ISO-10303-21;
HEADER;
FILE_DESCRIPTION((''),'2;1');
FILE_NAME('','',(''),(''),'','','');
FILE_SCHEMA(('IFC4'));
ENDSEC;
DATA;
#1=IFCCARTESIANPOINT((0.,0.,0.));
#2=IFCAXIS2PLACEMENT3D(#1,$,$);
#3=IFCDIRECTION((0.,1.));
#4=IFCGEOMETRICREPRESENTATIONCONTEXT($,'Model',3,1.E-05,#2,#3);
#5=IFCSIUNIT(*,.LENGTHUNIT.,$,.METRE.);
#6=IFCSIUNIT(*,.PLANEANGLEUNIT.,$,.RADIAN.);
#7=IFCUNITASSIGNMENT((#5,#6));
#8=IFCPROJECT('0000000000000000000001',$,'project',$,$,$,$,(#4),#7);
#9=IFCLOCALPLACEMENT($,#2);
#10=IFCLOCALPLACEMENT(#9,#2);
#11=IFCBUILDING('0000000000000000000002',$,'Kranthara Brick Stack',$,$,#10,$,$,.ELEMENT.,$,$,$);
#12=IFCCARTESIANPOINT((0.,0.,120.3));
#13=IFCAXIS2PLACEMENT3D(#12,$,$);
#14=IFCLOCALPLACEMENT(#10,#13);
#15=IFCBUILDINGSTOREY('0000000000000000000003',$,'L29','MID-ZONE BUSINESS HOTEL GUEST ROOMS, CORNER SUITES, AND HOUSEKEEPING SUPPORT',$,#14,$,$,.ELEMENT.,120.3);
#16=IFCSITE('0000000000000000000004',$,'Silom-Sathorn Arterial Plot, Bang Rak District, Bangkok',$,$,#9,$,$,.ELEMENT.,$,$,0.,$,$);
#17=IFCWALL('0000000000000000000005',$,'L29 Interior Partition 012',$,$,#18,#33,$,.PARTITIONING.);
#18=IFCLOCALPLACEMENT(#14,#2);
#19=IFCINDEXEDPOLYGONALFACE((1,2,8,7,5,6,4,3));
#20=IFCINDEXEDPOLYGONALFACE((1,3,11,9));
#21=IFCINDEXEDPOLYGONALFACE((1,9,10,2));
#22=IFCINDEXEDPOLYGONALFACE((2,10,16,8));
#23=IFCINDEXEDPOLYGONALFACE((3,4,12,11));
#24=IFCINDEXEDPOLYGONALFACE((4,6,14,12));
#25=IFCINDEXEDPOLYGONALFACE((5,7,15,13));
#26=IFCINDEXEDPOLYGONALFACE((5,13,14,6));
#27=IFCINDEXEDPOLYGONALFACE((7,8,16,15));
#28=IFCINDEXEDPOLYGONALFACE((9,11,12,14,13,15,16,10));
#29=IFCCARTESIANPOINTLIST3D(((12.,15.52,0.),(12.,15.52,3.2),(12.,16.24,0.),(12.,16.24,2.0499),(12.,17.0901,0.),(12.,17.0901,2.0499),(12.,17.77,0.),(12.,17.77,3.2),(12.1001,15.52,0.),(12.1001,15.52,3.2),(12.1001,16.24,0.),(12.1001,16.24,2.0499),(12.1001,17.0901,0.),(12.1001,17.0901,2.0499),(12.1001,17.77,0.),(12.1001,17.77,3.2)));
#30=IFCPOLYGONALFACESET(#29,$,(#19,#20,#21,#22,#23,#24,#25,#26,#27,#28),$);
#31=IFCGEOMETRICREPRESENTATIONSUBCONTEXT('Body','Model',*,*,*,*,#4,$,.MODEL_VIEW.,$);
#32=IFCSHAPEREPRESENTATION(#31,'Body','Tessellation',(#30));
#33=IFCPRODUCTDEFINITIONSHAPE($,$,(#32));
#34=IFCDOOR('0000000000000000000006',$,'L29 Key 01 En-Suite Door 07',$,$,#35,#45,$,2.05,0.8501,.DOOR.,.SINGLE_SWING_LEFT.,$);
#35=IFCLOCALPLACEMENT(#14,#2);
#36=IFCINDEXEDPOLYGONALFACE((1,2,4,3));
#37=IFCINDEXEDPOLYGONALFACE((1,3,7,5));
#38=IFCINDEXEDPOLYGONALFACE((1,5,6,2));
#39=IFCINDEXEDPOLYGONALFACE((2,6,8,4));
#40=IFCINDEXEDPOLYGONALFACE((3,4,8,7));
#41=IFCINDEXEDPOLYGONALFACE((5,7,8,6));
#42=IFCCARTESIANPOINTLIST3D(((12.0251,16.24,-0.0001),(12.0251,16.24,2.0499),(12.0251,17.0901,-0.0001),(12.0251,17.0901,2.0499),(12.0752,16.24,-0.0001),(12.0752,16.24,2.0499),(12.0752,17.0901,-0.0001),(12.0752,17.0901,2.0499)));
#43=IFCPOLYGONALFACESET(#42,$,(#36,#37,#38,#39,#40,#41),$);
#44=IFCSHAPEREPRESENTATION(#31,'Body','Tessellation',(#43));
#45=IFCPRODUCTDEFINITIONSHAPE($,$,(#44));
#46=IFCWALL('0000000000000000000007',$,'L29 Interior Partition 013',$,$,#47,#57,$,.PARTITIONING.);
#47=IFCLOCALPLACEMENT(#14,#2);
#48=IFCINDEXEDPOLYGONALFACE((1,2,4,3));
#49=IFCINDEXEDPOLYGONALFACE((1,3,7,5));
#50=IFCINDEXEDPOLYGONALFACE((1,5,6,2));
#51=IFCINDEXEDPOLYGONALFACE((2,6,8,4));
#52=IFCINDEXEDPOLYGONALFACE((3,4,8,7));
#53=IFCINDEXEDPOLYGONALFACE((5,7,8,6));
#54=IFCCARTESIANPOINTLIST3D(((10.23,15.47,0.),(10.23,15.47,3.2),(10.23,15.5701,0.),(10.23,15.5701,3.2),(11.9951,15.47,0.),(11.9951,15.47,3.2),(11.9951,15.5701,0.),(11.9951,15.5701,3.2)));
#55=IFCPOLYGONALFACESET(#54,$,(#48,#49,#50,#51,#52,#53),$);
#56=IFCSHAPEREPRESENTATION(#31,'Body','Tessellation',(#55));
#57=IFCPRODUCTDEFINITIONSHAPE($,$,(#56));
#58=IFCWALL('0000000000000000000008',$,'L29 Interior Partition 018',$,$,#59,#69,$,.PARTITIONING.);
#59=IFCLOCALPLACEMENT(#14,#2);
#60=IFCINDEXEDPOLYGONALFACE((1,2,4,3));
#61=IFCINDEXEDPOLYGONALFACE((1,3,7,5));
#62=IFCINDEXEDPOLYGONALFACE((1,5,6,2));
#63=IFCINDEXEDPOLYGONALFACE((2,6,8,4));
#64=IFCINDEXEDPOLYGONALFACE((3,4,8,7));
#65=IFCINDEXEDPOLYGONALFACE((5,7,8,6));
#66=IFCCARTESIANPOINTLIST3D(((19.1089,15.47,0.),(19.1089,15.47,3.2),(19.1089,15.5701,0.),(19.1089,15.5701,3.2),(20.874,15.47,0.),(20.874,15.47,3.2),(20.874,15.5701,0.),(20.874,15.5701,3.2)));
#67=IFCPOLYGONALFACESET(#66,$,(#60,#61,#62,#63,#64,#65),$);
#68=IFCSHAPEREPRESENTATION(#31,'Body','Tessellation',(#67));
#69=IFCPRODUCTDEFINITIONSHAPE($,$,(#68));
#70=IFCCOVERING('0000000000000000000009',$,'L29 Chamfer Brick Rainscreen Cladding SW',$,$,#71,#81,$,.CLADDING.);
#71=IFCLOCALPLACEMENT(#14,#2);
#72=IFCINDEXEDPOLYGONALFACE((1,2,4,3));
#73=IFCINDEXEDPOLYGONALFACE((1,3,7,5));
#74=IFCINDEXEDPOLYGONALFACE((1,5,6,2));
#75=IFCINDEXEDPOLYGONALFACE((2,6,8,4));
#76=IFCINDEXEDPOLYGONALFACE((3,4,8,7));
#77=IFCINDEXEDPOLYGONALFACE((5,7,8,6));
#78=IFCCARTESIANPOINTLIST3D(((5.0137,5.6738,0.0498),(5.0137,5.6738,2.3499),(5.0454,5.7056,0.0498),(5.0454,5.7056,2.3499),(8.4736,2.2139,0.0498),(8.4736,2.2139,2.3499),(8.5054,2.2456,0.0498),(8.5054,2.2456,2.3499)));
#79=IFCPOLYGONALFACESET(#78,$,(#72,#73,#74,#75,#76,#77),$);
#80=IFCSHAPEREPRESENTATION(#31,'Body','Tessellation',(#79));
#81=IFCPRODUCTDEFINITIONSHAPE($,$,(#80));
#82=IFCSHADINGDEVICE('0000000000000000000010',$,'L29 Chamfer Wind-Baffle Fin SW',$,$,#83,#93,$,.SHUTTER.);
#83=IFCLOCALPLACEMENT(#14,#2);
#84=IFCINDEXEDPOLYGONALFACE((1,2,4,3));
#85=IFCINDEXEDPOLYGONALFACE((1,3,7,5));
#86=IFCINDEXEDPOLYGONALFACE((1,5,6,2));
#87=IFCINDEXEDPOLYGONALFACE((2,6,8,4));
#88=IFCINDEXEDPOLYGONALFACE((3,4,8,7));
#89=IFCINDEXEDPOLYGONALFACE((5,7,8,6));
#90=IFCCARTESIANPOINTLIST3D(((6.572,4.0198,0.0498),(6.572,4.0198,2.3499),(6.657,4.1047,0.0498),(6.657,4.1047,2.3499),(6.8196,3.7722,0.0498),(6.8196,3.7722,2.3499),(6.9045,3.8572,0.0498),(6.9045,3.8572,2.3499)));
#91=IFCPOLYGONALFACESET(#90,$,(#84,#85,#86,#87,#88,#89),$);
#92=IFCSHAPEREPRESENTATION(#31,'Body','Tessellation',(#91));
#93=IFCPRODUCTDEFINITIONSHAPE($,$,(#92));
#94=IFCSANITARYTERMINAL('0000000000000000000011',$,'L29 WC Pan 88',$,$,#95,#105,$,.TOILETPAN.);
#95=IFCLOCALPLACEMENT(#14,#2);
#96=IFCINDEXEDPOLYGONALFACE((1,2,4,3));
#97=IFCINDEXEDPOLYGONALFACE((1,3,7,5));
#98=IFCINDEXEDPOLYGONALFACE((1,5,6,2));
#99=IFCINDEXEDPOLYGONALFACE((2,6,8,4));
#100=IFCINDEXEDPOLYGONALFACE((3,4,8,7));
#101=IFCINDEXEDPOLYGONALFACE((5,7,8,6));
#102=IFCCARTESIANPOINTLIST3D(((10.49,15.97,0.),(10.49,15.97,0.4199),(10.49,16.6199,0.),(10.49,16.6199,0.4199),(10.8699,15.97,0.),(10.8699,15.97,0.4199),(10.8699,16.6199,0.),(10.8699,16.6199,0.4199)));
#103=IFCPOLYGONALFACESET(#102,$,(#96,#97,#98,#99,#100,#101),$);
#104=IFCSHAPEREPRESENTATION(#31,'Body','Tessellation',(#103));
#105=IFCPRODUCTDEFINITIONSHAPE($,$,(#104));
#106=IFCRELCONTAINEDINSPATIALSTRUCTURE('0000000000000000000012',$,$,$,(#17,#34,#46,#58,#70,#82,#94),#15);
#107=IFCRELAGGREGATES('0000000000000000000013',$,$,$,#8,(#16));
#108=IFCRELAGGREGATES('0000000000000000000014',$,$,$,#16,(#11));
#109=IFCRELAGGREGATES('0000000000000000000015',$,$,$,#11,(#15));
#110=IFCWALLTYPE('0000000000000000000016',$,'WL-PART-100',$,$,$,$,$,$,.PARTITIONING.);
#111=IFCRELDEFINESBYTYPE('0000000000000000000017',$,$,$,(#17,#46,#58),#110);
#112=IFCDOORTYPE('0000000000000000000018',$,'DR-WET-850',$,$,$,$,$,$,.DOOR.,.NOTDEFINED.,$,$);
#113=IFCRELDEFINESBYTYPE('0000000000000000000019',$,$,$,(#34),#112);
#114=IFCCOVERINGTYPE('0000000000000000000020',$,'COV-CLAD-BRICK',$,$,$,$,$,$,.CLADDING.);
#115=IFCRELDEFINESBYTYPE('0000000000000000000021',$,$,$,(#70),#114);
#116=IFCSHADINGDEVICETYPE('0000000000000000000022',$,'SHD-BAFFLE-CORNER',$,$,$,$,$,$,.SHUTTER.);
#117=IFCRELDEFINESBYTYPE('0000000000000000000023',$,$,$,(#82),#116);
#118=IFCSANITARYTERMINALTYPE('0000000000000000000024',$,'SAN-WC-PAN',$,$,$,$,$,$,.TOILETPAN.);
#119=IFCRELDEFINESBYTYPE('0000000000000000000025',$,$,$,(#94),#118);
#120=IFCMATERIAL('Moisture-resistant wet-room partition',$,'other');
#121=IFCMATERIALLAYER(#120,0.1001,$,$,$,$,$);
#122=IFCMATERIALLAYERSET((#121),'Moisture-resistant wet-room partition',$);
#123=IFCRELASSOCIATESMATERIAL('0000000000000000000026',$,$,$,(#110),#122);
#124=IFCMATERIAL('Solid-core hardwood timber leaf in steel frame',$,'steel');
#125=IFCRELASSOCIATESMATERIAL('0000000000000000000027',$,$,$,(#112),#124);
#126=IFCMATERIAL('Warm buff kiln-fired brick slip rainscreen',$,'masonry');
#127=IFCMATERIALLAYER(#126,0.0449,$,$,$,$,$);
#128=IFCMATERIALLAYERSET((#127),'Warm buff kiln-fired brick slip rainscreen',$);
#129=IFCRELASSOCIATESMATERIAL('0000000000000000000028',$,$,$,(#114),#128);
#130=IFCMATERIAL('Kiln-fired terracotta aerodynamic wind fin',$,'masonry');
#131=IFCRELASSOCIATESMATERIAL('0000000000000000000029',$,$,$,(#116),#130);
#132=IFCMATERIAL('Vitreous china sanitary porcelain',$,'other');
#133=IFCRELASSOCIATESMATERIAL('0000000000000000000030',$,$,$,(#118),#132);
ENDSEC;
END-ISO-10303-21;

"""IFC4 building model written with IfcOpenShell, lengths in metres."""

from ifc_helpers import new_model, si_unit, direction, frame, frame_2d, origin, origin_2d, place, context, subcontext, project, spatial, rectangle, extrude, material, layer, layer_set, type_object, element, fill, save


model = new_model("IFC4")

# Units and contexts
model_context = context("Model", 3, precision=1e-05, world=origin(), true_north=direction((0.0, 1.0)))
body_context = subcontext(model_context, "Body", "Model", "MODEL_VIEW")
ifc_project = project(units=[si_unit("LENGTHUNIT", "METRE"), si_unit("PLANEANGLEUNIT", "RADIAN")], contexts=[model_context])

# Site, building, storey
site_placement = place(None, origin())
site = spatial("IfcSite", under=ifc_project, at=site_placement, Name="Silom-Sathorn Arterial Plot, Bang Rak District, Bangkok", CompositionType="ELEMENT", RefElevation=0.0)
building_placement = place(site_placement, origin())
building = spatial("IfcBuilding", under=site, at=building_placement, Name="Kranthara Brick Stack", CompositionType="ELEMENT")
storey_placement = place(building_placement, frame((0.0, 0.0, 120.3)))
storey = spatial("IfcBuildingStorey", under=building, at=storey_placement, Name="L29", Description="MID-ZONE BUSINESS HOTEL GUEST ROOMS, CORNER SUITES, AND HOUSEKEEPING SUPPORT", CompositionType="ELEMENT", Elevation=120.3)

# Wall, opening, door
ifc_material_1 = material(Name="Moisture-resistant wet-room partition", Category="other")
ifc_layer_1 = layer(ifc_material_1, 0.1001)
ifc_layer_set_1 = layer_set([ifc_layer_1], Name="Moisture-resistant wet-room partition")
wall_type_1 = type_object("IfcWallType", Name="WL-PART-100", PredefinedType="PARTITIONING", material=ifc_layer_set_1)
wall_1_placement = place(storey_placement, frame((12.05, 15.52, 0.0), z_axis=(0.0, 0.0, 1.0), x_axis=(0.0, 1.0, 0.0)))
wall_1 = element("IfcWall", 1, at=wall_1_placement, inside=storey, type_object=wall_type_1, Name="L29 Interior Partition 012", PredefinedType="PARTITIONING", context=body_context, shape_type="SweptSolid", body=[
    extrude(rectangle(XDim=2.25, YDim=0.1001, at=frame_2d((1.125, 0.0))), origin(), (0.0, 0.0, 1.0), 3.2),
])
opening_1_placement = place(wall_1_placement, frame((0.72, 0.0, 0.0)))
opening_1 = element("IfcOpeningElement", 2, at=opening_1_placement, cuts=wall_1, PredefinedType="OPENING", context=body_context, shape_type="SweptSolid", body=[
    extrude(rectangle(XDim=0.8501, YDim=2.05, at=frame_2d((0.425, 1.0249))), frame((0.0, 0.0601, 0.0), z_axis=(0.0, -1.0, 0.0), x_axis=(1.0, 0.0, 0.0)), (0.0, 0.0, 1.0), 0.1201),
])
ifc_material_2 = material(Name="Solid-core hardwood timber leaf in steel frame", Category="steel")
door_type = type_object("IfcDoorType", Name="DR-WET-850", OperationType="NOTDEFINED", PredefinedType="DOOR", material=ifc_material_2)
door_placement = place(opening_1_placement, origin())
door = element("IfcDoor", 3, at=door_placement, inside=storey, type_object=door_type, Name="L29 Key 01 En-Suite Door 07", OperationType="SINGLE_SWING_LEFT", OverallHeight=2.05, OverallWidth=0.8501, PredefinedType="DOOR", context=body_context, shape_type="SweptSolid", body=[
    extrude(rectangle(XDim=0.8501, YDim=2.05, at=frame_2d((0.425, 1.0249))), frame((0.0, 0.0249, 0.0), z_axis=(0.0, -1.0, 0.0), x_axis=(1.0, 0.0, 0.0)), (0.0, 0.0, 1.0), 0.05),
])
fill(opening_1, door)

# Walls
for number, where, z_axis, x_axis, name in (
    (4, (10.23, 15.52, 0.0), (0.0, 0.0, 1.0), (1.0, 0.0, 0.0), "L29 Interior Partition 013"),
    (5, (19.1089, 15.52, 0.0), (0.0, 0.0, 1.0), (1.0, 0.0, 0.0), "L29 Interior Partition 018"),
):
    element("IfcWall", number, at=place(storey_placement, frame(where, z_axis=z_axis, x_axis=x_axis)), inside=storey, type_object=wall_type_1, Name=name, PredefinedType="PARTITIONING", context=body_context, shape_type="SweptSolid", body=[
        extrude(rectangle(XDim=1.7651, YDim=0.1001, at=frame_2d((0.8826, 0.0))), origin(), (0.0, 0.0, 1.0), 3.2),
    ])

# Covering
ifc_material_3 = material(Name="Warm buff kiln-fired brick slip rainscreen", Category="masonry")
ifc_layer_2 = layer(ifc_material_3, 0.0449)
ifc_layer_set_2 = layer_set([ifc_layer_2], Name="Warm buff kiln-fired brick slip rainscreen")
covering_type = type_object("IfcCoveringType", Name="COV-CLAD-BRICK", PredefinedType="CLADDING", material=ifc_layer_set_2)
covering_placement = place(storey_placement, frame((6.7595, 3.9597, 0.0498), z_axis=(0.0, 0.0, 1.0), x_axis=(-0.707107, 0.707107, 0.0)))
element("IfcCovering", 6, at=covering_placement, inside=storey, type_object=covering_type, Name="L29 Chamfer Brick Rainscreen Cladding SW", PredefinedType="CLADDING", context=body_context, shape_type="SweptSolid", body=[
    extrude(rectangle(XDim=4.8931, YDim=0.0449, at=origin_2d()), origin(), (0.0, 0.0, 1.0), 2.3),
])

# Shading device
ifc_material_4 = material(Name="Kiln-fired terracotta aerodynamic wind fin", Category="masonry")
shading_device_type = type_object("IfcShadingDeviceType", Name="SHD-BAFFLE-CORNER", PredefinedType="SHUTTER", material=ifc_material_4)
shading_device_placement = place(storey_placement, frame((6.7383, 3.9385, 0.0498), z_axis=(0.0, 0.0, 1.0), x_axis=(-0.707107, 0.707107, 0.0)))
element("IfcShadingDevice", 7, at=shading_device_placement, inside=storey, type_object=shading_device_type, Name="L29 Chamfer Wind-Baffle Fin SW", PredefinedType="SHUTTER", context=body_context, shape_type="SweptSolid", body=[
    extrude(rectangle(XDim=0.3501, YDim=0.1201, at=origin_2d()), origin(), (0.0, 0.0, 1.0), 2.3),
])

# Sanitary terminal
ifc_material_5 = material(Name="Vitreous china sanitary porcelain", Category="other")
sanitary_terminal_type = type_object("IfcSanitaryTerminalType", Name="SAN-WC-PAN", PredefinedType="TOILETPAN", material=ifc_material_5)
sanitary_terminal_placement = place(storey_placement, frame((10.6799, 16.2949, 0.0), z_axis=(0.0, 0.0, 1.0), x_axis=(1.0, 0.0, 0.0)))
element("IfcSanitaryTerminal", 8, at=sanitary_terminal_placement, inside=storey, type_object=sanitary_terminal_type, Name="L29 WC Pan 88", PredefinedType="TOILETPAN", context=body_context, shape_type="SweptSolid", body=[
    extrude(rectangle(XDim=0.3799, YDim=0.6499, at=origin_2d()), origin(), (0.0, 0.0, 1.0), 0.4199),
])

save(model, "model.ifc")
